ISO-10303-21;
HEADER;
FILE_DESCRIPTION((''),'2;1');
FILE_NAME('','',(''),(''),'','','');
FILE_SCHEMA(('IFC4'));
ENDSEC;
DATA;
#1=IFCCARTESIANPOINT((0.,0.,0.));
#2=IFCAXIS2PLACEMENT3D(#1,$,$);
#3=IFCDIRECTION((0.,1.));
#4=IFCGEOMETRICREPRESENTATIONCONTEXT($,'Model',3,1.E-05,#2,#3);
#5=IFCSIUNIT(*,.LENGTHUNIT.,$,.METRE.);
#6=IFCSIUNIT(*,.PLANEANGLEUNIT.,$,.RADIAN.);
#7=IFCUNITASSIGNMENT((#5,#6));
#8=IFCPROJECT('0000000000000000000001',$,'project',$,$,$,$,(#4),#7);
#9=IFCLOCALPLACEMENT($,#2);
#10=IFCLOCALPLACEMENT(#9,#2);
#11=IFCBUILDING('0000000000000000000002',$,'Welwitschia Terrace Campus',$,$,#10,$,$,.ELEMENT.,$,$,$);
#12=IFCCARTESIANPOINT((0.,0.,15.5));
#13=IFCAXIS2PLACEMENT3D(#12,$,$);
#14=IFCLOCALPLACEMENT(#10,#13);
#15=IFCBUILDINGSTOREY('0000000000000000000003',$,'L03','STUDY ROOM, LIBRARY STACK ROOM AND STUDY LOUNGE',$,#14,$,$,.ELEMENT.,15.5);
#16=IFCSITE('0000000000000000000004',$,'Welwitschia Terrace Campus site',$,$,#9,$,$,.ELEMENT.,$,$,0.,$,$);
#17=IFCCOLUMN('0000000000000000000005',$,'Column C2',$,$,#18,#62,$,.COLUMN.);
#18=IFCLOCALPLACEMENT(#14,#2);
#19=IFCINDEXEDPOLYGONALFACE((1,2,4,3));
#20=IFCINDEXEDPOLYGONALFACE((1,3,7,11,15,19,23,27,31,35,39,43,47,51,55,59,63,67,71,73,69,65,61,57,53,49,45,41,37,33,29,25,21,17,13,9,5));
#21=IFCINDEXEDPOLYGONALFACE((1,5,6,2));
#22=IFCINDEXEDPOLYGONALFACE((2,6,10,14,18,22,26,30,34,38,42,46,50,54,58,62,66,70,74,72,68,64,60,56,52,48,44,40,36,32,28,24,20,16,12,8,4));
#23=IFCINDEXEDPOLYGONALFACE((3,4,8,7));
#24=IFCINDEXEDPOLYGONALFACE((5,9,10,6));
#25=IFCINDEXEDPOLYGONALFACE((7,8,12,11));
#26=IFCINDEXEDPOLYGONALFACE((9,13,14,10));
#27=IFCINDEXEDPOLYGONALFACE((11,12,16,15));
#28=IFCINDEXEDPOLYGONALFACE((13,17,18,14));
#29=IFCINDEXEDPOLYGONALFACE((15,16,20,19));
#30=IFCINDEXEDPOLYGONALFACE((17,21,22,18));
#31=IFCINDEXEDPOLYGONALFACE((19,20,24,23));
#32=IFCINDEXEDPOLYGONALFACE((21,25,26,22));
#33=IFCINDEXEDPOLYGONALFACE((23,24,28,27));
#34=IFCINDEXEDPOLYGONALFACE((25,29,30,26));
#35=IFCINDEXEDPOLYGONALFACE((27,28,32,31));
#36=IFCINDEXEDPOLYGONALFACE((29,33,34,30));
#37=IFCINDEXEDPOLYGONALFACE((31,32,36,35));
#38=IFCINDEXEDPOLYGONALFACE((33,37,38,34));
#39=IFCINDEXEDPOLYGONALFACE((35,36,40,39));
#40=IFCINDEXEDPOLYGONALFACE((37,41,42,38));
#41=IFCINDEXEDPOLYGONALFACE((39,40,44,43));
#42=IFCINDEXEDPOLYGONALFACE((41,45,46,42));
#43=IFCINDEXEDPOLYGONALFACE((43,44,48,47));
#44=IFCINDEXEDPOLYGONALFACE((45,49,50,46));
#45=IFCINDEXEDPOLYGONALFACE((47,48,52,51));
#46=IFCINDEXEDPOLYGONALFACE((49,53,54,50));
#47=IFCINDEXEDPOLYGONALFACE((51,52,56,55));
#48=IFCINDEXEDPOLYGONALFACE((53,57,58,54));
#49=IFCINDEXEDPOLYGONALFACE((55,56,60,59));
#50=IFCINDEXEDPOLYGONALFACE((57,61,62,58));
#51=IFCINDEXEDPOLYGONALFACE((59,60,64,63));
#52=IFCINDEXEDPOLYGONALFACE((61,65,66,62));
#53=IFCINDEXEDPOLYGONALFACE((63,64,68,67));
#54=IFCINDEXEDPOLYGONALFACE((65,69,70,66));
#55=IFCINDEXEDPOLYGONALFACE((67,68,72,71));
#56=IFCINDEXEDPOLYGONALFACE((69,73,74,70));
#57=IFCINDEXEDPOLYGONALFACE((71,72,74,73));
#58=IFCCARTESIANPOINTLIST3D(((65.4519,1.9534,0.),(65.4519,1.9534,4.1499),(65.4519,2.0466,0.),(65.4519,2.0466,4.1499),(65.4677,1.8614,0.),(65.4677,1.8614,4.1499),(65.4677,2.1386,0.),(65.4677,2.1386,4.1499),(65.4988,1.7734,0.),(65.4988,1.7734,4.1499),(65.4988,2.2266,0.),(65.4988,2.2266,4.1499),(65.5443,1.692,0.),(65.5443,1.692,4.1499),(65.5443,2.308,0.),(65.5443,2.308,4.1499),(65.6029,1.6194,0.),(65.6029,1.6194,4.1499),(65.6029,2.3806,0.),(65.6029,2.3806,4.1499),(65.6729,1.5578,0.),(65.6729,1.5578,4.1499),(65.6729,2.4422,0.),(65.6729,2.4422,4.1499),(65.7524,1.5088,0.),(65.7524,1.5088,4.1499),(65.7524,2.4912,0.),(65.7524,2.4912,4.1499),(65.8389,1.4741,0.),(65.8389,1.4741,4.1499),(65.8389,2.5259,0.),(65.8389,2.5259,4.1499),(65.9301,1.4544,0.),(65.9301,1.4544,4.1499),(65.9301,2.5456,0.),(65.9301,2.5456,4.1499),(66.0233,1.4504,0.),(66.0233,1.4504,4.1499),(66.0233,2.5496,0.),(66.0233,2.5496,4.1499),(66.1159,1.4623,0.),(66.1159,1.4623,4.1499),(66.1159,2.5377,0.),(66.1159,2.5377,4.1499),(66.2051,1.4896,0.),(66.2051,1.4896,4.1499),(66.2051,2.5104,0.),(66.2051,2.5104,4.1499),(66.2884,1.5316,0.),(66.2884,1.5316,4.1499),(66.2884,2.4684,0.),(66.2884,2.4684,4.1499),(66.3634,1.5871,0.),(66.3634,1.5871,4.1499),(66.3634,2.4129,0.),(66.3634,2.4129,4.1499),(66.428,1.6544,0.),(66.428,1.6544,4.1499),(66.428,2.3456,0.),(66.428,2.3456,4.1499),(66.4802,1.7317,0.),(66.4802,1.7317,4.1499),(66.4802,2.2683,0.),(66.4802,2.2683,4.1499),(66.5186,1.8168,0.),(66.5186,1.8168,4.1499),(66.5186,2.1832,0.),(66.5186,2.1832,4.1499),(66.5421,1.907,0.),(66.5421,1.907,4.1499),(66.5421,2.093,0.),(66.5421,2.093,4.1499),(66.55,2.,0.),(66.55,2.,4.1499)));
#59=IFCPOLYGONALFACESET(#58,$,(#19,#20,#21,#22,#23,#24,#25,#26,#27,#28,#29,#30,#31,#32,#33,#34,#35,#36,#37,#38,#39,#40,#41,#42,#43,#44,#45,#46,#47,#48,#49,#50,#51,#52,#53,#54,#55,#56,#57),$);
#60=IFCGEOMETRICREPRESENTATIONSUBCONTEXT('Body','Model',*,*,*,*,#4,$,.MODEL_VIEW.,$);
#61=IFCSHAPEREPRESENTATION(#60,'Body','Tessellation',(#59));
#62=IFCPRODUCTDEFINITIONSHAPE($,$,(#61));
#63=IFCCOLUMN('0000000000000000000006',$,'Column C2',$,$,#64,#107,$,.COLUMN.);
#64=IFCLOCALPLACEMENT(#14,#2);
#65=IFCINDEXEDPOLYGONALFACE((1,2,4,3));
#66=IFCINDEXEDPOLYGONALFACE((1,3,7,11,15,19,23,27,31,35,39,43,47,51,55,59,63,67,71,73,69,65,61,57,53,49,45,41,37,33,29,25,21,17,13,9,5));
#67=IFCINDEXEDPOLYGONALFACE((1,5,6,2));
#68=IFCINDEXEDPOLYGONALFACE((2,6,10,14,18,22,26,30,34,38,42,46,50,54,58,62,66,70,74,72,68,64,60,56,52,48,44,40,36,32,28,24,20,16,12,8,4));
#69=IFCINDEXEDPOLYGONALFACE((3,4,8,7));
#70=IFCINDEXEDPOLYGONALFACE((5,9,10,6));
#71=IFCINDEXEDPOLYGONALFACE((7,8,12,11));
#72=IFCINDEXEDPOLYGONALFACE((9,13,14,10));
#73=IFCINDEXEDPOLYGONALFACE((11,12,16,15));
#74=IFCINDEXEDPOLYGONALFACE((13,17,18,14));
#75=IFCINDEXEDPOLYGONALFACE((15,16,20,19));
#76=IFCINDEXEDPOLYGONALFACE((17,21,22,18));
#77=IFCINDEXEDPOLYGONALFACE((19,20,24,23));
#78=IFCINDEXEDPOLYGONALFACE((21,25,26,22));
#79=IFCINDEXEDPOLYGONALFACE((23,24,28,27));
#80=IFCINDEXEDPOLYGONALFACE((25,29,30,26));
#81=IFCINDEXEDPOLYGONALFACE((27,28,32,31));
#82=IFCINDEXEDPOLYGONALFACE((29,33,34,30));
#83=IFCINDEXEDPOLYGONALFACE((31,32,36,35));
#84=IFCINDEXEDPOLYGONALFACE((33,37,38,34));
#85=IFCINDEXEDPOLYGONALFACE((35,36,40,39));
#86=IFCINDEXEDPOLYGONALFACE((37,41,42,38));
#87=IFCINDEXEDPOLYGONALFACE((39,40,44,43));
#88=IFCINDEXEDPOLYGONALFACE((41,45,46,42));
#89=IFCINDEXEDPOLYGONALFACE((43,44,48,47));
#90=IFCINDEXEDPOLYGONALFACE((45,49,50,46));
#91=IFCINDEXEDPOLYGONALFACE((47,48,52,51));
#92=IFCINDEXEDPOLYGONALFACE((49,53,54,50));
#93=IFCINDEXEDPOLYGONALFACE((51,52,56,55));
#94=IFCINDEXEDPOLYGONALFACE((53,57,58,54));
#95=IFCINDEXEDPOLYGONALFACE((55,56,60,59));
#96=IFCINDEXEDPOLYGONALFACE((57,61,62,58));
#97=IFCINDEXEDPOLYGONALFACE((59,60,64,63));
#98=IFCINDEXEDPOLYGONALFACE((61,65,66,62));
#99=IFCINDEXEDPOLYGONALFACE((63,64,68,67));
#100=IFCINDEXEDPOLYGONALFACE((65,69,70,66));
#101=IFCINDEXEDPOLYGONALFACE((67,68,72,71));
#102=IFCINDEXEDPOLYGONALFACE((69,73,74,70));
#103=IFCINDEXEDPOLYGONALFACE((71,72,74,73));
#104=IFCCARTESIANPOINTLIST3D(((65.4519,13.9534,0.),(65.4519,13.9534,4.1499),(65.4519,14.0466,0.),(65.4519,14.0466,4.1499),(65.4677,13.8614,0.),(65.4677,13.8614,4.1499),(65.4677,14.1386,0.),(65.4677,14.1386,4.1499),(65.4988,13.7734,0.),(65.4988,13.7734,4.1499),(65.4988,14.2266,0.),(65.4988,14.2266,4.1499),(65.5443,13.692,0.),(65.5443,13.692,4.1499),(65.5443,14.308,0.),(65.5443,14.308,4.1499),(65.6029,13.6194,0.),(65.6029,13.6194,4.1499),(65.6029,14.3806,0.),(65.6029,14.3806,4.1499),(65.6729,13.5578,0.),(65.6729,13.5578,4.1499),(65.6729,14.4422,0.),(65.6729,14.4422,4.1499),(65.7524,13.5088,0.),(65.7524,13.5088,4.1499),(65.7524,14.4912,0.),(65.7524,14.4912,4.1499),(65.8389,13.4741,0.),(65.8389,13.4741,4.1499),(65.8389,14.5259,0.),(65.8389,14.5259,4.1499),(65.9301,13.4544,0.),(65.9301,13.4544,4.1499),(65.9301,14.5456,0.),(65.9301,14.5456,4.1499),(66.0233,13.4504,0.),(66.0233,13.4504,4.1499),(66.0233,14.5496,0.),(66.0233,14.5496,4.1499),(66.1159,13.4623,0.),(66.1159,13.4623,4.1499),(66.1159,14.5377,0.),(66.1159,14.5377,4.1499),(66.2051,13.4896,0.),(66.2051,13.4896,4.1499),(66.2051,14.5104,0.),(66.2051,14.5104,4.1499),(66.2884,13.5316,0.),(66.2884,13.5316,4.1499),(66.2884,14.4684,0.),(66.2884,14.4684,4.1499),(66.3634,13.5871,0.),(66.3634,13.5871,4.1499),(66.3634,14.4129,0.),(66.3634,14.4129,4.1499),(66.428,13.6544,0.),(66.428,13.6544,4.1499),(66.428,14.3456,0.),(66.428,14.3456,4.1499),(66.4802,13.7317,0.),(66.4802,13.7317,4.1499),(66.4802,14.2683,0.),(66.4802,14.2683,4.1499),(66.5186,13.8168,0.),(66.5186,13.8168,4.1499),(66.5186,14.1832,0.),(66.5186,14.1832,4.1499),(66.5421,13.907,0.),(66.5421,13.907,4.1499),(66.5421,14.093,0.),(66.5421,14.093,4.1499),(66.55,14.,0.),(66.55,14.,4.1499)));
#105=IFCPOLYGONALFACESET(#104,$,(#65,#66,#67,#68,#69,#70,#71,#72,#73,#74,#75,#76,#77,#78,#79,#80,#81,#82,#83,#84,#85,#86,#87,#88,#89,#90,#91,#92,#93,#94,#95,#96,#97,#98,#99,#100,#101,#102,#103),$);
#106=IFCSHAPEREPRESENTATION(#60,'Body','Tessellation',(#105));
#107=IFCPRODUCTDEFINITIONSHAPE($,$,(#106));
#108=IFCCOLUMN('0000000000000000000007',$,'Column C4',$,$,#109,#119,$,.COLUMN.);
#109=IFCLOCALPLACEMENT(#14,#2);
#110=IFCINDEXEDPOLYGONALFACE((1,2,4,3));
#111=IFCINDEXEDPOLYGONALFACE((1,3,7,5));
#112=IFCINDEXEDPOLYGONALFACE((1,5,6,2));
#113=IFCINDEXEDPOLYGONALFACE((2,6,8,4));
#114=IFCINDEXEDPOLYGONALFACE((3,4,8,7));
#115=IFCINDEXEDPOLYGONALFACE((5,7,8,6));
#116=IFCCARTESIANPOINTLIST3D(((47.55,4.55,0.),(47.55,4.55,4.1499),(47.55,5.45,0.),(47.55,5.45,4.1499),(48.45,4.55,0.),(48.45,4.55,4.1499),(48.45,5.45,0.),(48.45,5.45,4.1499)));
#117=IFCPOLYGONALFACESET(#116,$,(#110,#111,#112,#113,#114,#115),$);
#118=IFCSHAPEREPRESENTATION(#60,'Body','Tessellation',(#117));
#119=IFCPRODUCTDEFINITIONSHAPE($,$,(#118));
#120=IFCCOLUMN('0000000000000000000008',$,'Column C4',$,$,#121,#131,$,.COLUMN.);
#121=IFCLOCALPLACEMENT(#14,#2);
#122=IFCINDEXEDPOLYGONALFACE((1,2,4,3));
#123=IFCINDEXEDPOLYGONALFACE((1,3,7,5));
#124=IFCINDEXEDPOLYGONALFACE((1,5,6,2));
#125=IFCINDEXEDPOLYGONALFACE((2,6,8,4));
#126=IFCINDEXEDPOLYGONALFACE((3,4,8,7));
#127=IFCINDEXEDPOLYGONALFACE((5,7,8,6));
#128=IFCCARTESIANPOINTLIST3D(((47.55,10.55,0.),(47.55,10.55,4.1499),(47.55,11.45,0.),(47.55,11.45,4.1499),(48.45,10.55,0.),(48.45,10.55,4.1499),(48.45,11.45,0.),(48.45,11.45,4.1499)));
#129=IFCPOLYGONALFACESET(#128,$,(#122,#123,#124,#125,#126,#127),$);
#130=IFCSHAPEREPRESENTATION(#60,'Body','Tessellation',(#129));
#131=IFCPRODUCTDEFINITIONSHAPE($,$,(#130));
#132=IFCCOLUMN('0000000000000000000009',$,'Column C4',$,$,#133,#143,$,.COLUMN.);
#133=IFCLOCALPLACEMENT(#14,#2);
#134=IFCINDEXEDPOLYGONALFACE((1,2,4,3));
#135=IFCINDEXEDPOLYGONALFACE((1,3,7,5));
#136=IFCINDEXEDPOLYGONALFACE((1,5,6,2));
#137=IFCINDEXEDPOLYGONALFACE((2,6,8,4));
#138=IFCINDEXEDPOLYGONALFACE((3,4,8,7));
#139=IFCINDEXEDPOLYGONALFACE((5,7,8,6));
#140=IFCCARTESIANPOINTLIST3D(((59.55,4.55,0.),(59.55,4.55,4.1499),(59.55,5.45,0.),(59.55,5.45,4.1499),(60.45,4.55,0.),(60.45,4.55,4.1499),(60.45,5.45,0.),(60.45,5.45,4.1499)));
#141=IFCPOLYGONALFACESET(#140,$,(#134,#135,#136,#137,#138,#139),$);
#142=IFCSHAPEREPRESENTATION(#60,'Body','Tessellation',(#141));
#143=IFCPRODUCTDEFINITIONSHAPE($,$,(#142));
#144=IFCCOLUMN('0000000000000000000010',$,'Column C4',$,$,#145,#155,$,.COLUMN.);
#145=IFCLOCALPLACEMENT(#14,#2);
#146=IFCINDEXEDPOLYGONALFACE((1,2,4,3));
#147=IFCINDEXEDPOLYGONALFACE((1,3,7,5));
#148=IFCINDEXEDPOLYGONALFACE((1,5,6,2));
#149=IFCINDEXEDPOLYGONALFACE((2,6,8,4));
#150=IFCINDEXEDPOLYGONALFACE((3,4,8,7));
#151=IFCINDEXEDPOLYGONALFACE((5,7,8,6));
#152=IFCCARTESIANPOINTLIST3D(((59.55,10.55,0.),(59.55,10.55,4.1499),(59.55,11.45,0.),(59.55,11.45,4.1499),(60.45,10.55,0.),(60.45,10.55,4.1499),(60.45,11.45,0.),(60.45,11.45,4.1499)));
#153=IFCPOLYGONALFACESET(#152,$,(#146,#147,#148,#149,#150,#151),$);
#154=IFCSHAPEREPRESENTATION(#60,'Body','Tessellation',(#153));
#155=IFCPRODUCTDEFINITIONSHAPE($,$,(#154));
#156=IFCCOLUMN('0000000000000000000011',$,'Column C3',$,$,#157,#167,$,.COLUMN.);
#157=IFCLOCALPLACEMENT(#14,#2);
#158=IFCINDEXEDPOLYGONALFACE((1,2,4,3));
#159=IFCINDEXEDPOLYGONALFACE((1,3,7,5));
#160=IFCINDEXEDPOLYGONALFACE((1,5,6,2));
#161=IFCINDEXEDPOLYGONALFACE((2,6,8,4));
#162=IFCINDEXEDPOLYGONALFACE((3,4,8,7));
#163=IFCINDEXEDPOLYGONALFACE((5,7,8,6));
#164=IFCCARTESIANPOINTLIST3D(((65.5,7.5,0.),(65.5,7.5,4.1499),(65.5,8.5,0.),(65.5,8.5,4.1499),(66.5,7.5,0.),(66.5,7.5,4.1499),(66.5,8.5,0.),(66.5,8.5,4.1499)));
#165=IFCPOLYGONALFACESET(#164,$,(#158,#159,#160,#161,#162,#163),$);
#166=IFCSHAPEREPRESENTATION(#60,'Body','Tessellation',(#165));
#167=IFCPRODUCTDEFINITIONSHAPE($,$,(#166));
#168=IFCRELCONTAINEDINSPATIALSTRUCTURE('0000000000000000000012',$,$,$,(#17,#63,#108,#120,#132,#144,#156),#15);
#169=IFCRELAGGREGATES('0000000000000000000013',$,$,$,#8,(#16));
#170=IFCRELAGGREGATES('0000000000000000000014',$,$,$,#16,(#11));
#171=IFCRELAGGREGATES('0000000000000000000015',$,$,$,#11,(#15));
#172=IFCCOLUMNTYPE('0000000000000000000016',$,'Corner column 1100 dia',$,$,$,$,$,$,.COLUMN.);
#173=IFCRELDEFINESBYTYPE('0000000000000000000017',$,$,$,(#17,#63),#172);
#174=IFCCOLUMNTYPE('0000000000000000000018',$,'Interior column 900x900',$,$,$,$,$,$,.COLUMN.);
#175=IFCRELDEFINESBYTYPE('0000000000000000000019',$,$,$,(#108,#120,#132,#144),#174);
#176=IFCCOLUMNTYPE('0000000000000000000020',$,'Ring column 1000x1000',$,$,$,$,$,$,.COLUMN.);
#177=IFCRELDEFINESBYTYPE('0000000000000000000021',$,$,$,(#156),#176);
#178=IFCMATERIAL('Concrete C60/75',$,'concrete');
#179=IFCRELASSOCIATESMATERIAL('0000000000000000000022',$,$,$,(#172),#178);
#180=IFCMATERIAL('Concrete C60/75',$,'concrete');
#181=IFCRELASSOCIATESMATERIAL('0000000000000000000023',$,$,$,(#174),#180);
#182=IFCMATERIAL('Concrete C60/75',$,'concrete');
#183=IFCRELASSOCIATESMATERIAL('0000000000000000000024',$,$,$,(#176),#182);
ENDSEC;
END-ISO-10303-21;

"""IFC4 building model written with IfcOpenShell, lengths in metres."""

from ifc_helpers import new_model, si_unit, direction, frame, origin, origin_2d, place, context, subcontext, project, spatial, rectangle, circle, extrude, material, material_profile, profile_set, type_object, element, save


model = new_model("IFC4")

# Units and contexts
model_context = context("Model", 3, precision=1e-05, world=origin(), true_north=direction((0.0, 1.0)))
body_context = subcontext(model_context, "Body", "Model", "MODEL_VIEW")
ifc_project = project(units=[si_unit("LENGTHUNIT", "METRE"), si_unit("PLANEANGLEUNIT", "RADIAN")], contexts=[model_context])

# Site, building, storey
site_placement = place(None, origin())
site = spatial("IfcSite", under=ifc_project, at=site_placement, Name="Welwitschia Terrace Campus site", CompositionType="ELEMENT", RefElevation=0.0)
building_placement = place(site_placement, origin())
building = spatial("IfcBuilding", under=site, at=building_placement, Name="Welwitschia Terrace Campus", CompositionType="ELEMENT")
storey_placement = place(building_placement, frame((0.0, 0.0, 15.5)))
storey = spatial("IfcBuildingStorey", under=building, at=storey_placement, Name="L03", Description="STUDY ROOM, LIBRARY STACK ROOM AND STUDY LOUNGE", CompositionType="ELEMENT", Elevation=15.5)

# Columns
ifc_material_1 = material(Name="Concrete C60/75", Category="concrete")
ifc_material_profile_1 = material_profile(ifc_material_1, circle(Radius=0.55, at=origin_2d()))
ifc_profile_set_1 = profile_set([ifc_material_profile_1], Name="Concrete C60/75")
column_type_1 = type_object("IfcColumnType", Name="Corner column 1100 dia", PredefinedType="COLUMN", material=ifc_profile_set_1)
for number, where, z_axis, x_axis, name in (
    (1, (66.0, 2.0, 0.0), (0.0, 0.0, 1.0), (1.0, 0.0, 0.0), "Column C2"),
    (2, (66.0, 14.0, 0.0), (0.0, 0.0, 1.0), (1.0, 0.0, 0.0), "Column C2"),
):
    element("IfcColumn", number, at=place(storey_placement, frame(where, z_axis=z_axis, x_axis=x_axis)), inside=storey, type_object=column_type_1, Name=name, PredefinedType="COLUMN", context=body_context, shape_type="SweptSolid", body=[
        extrude(circle(Radius=0.55, at=origin_2d()), origin(), (0.0, 0.0, 1.0), 4.1499),
    ])
ifc_material_2 = material(Name="Concrete C60/75", Category="concrete")
ifc_material_profile_2 = material_profile(ifc_material_2, rectangle(XDim=0.8999, YDim=0.8999, at=origin_2d()))
ifc_profile_set_2 = profile_set([ifc_material_profile_2], Name="Concrete C60/75")
column_type_2 = type_object("IfcColumnType", Name="Interior column 900x900", PredefinedType="COLUMN", material=ifc_profile_set_2)
for number, where, z_axis, x_axis, name in (
    (3, (48.0, 5.0, 0.0), (0.0, 0.0, 1.0), (1.0, 0.0, 0.0), "Column C4"),
    (4, (48.0, 11.0, 0.0), (0.0, 0.0, 1.0), (1.0, 0.0, 0.0), "Column C4"),
    (5, (60.0, 5.0, 0.0), (0.0, 0.0, 1.0), (1.0, 0.0, 0.0), "Column C4"),
    (6, (60.0, 11.0, 0.0), (0.0, 0.0, 1.0), (1.0, 0.0, 0.0), "Column C4"),
):
    element("IfcColumn", number, at=place(storey_placement, frame(where, z_axis=z_axis, x_axis=x_axis)), inside=storey, type_object=column_type_2, Name=name, PredefinedType="COLUMN", context=body_context, shape_type="SweptSolid", body=[
        extrude(rectangle(XDim=0.8999, YDim=0.8999, at=origin_2d()), origin(), (0.0, 0.0, 1.0), 4.1499),
    ])
ifc_material_3 = material(Name="Concrete C60/75", Category="concrete")
ifc_material_profile_3 = material_profile(ifc_material_3, rectangle(XDim=1.0, YDim=1.0, at=origin_2d()))
ifc_profile_set_3 = profile_set([ifc_material_profile_3], Name="Concrete C60/75")
column_type_3 = type_object("IfcColumnType", Name="Ring column 1000x1000", PredefinedType="COLUMN", material=ifc_profile_set_3)
column_placement = place(storey_placement, frame((66.0, 8.0, 0.0), z_axis=(0.0, 0.0, 1.0), x_axis=(1.0, 0.0, 0.0)))
element("IfcColumn", 7, at=column_placement, inside=storey, type_object=column_type_3, Name="Column C3", PredefinedType="COLUMN", context=body_context, shape_type="SweptSolid", body=[
    extrude(rectangle(XDim=1.0, YDim=1.0, at=origin_2d()), origin(), (0.0, 0.0, 1.0), 4.1499),
])

save(model, "model.ifc")
